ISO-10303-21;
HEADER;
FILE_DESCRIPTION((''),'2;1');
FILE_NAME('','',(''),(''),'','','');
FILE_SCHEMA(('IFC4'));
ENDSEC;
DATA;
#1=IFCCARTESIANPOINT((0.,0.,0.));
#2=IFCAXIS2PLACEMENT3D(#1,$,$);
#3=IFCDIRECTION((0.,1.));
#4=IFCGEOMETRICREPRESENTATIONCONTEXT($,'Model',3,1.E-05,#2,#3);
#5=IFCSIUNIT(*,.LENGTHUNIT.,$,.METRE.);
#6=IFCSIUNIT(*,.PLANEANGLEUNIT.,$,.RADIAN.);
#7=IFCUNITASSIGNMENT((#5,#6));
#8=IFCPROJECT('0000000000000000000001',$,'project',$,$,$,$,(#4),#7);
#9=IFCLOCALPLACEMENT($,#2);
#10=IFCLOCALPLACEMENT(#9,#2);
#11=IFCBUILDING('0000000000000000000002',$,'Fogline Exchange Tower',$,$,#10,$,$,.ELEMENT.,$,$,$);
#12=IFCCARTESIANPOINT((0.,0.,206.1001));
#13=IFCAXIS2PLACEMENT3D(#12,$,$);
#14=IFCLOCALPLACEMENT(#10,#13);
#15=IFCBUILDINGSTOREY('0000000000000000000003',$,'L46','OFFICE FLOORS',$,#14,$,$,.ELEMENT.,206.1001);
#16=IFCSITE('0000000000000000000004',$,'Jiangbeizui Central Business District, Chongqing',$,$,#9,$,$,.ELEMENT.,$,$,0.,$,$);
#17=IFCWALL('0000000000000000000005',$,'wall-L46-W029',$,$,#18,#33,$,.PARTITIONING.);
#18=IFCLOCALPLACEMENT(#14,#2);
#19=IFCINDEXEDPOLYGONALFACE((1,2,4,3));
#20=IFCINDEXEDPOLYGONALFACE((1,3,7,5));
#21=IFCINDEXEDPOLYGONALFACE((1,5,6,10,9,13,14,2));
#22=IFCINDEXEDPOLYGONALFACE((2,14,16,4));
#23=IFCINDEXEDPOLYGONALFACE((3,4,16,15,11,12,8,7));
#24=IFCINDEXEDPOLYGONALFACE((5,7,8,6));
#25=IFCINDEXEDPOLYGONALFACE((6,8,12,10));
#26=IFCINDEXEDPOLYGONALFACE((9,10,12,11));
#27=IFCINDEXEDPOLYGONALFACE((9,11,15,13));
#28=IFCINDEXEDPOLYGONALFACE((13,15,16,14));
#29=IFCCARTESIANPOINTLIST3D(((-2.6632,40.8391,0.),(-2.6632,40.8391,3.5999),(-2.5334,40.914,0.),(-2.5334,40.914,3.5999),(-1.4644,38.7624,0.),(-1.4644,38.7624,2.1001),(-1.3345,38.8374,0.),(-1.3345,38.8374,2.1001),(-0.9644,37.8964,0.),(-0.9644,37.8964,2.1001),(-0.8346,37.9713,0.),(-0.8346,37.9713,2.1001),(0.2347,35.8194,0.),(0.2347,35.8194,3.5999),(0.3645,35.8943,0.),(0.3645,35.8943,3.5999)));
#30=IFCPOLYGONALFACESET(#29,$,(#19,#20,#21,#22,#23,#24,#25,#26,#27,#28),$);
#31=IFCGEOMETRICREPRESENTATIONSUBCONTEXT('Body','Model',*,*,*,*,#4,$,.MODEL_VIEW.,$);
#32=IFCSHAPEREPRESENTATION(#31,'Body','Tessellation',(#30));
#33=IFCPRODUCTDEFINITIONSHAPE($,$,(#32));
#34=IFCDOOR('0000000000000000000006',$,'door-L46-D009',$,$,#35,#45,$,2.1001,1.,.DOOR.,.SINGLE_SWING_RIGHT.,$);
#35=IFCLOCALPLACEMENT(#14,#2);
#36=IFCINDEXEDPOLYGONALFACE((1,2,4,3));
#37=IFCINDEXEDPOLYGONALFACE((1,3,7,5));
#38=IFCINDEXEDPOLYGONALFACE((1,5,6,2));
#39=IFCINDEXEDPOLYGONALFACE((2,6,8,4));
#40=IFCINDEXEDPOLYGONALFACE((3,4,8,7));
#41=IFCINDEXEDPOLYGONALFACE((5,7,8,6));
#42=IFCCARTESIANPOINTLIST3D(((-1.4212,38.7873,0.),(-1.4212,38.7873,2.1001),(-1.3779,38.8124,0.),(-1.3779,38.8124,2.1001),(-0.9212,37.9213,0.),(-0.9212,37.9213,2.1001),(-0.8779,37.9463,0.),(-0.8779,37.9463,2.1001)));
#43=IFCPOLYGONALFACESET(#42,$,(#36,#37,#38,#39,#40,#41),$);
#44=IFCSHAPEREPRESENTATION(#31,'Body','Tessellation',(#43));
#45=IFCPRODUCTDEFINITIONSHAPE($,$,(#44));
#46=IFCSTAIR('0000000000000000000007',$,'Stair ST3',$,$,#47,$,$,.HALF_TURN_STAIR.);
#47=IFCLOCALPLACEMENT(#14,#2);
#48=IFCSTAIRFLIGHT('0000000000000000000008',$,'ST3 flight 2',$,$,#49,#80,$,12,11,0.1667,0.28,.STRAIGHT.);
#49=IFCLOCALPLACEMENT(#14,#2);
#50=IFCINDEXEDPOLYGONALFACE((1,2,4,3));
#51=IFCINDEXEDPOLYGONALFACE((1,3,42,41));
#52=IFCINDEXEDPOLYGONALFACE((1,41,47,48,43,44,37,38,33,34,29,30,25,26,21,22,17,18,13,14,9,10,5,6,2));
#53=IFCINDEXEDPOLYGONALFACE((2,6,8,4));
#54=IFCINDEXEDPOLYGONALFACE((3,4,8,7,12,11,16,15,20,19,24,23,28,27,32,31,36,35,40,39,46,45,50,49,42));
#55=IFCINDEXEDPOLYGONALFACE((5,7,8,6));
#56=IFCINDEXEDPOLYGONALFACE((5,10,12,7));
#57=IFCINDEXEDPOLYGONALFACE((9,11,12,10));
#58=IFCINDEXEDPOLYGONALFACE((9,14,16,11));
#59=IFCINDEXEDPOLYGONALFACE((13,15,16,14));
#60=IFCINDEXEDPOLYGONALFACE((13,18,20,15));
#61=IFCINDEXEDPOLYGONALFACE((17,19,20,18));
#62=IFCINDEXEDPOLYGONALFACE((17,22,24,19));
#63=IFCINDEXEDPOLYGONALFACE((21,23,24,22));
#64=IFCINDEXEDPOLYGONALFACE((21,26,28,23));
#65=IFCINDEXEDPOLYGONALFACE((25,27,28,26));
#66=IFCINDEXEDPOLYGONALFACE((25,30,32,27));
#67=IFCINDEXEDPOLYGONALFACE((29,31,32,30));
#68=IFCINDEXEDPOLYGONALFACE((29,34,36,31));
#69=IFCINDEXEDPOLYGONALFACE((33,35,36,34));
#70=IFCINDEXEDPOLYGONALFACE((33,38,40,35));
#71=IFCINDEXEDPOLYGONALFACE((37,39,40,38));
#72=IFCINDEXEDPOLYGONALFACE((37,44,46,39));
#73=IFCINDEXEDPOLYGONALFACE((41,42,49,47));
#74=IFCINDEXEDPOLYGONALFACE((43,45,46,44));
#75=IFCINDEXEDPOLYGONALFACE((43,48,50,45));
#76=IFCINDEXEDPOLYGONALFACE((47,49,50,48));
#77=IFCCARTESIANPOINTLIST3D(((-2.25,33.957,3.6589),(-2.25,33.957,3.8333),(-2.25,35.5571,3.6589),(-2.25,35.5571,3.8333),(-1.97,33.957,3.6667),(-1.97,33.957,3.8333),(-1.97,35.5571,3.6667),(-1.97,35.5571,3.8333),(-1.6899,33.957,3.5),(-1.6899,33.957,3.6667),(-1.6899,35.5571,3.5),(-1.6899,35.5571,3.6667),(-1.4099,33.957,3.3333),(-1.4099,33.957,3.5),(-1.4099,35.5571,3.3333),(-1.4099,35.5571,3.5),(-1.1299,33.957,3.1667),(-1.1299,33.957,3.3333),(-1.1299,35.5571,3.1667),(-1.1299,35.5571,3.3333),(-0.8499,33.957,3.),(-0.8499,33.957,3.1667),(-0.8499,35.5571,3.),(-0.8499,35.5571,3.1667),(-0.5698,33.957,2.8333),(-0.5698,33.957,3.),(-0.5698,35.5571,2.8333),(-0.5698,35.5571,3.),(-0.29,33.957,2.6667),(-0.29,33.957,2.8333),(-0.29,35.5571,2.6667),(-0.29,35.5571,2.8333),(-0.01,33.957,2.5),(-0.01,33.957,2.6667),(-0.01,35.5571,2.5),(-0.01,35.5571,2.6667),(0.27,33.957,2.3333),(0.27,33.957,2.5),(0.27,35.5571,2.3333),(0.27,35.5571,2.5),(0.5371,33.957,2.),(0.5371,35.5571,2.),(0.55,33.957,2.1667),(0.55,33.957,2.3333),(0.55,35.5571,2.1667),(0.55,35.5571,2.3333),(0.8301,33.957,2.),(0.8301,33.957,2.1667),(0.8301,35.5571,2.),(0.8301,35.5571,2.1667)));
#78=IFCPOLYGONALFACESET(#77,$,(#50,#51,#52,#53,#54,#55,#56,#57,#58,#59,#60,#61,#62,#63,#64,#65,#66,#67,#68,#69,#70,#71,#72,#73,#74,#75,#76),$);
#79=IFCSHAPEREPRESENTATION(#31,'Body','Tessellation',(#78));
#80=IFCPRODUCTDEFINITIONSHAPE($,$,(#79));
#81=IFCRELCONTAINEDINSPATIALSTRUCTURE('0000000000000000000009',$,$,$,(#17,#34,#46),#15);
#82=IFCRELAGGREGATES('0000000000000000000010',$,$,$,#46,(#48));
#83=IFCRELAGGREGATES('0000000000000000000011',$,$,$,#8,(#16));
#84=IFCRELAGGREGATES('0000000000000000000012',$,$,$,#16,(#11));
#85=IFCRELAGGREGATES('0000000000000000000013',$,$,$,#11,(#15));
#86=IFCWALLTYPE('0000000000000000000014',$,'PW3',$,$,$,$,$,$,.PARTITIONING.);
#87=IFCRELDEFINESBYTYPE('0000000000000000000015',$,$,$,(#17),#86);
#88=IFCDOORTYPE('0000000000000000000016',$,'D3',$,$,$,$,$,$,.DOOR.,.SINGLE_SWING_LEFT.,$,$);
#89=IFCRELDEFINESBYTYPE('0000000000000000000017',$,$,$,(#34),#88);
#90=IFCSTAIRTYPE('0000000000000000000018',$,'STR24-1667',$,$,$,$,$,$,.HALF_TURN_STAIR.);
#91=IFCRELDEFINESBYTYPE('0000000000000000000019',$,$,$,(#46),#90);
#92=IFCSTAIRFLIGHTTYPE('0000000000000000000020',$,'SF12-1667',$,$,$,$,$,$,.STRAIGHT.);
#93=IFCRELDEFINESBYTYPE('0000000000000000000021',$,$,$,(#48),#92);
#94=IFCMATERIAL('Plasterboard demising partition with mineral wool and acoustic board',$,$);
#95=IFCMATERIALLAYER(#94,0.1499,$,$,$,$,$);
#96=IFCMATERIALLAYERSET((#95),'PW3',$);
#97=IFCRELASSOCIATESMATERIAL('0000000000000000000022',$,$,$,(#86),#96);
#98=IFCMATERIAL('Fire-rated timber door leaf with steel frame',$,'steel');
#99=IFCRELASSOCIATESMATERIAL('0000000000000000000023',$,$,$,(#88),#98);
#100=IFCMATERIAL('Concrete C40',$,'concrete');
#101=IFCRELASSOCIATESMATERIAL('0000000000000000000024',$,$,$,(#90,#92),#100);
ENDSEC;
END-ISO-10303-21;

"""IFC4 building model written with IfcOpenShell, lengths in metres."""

from ifc_helpers import new_model, si_unit, direction, frame, frame_2d, origin, place, context, subcontext, project, spatial, polyline, rectangle, outline, extrude, material, layer, layer_set, type_object, element, fill, aggregate, save


model = new_model("IFC4")

# Units and contexts
model_context = context("Model", 3, precision=1e-05, world=origin(), true_north=direction((0.0, 1.0)))
body_context = subcontext(model_context, "Body", "Model", "MODEL_VIEW")
ifc_project = project(units=[si_unit("LENGTHUNIT", "METRE"), si_unit("PLANEANGLEUNIT", "RADIAN")], contexts=[model_context])

# Site, building, storey
site_placement = place(None, origin())
site = spatial("IfcSite", under=ifc_project, at=site_placement, Name="Jiangbeizui Central Business District, Chongqing", CompositionType="ELEMENT", RefElevation=0.0)
building_placement = place(site_placement, origin())
building = spatial("IfcBuilding", under=site, at=building_placement, Name="Fogline Exchange Tower", CompositionType="ELEMENT")
storey_placement = place(building_placement, frame((0.0, 0.0, 206.1001)))
storey = spatial("IfcBuildingStorey", under=building, at=storey_placement, Name="L46", Description="OFFICE FLOORS", CompositionType="ELEMENT", Elevation=206.1001)

# Shared definitions
ifc_material_1 = material(Name="Concrete C40", Category="concrete")

# Shared definitions
ifc_material_2 = material(Name="Plasterboard demising partition with mineral wool and acoustic board")
ifc_layer_1 = layer(ifc_material_2, 0.1499)
ifc_layer_set_1 = layer_set([ifc_layer_1], Name="PW3")
wall_type_1 = type_object("IfcWallType", Name="PW3", PredefinedType="PARTITIONING", material=ifc_layer_set_1)

# Shared definitions
ifc_material_3 = material(Name="Fire-rated timber door leaf with steel frame", Category="steel")
door_type_1 = type_object("IfcDoorType", Name="D3", OperationType="SINGLE_SWING_LEFT", PredefinedType="DOOR", material=ifc_material_3)

# Wall, opening, door
wall_1_placement = place(storey_placement, frame((0.2996, 35.8569, 0.0), z_axis=(0.0, 0.0, 1.0), x_axis=(-0.499972, 0.866042, 0.0)))
wall_1 = element("IfcWall", 1, at=wall_1_placement, inside=storey, type_object=wall_type_1, Name="wall-L46-W029", PredefinedType="PARTITIONING", context=body_context, shape_type="SweptSolid", body=[
    extrude(rectangle(XDim=5.7961, YDim=0.1499, at=frame_2d((2.8979, 0.0))), origin(), (0.0, 0.0, 1.0), 3.5999),
])
opening_1_placement = place(wall_1_placement, frame((2.3982, 0.0, 0.0)))
opening_1 = element("IfcOpeningElement", 2, at=opening_1_placement, cuts=wall_1, PredefinedType="OPENING", context=body_context, shape_type="SweptSolid", body=[
    extrude(rectangle(XDim=1.0, YDim=2.1001, at=frame_2d((0.5, 1.05))), frame((0.0, 0.085, 0.0), z_axis=(0.0, -1.0, 0.0), x_axis=(1.0, 0.0, 0.0)), (0.0, 0.0, 1.0), 0.1699),
])
door_1_placement = place(opening_1_placement, frame((1.0, 0.0, 0.0), z_axis=(0.0, 0.0, 1.0), x_axis=(-1.0, 0.0, 0.0)))
door_1 = element("IfcDoor", 3, at=door_1_placement, inside=storey, type_object=door_type_1, Name="door-L46-D009", OperationType="SINGLE_SWING_RIGHT", OverallHeight=2.1001, OverallWidth=1.0, PredefinedType="DOOR", context=body_context, shape_type="SweptSolid", body=[
    extrude(rectangle(XDim=1.0, YDim=2.1001, at=frame_2d((0.5, 1.05))), frame((0.0, 0.0249, 0.0), z_axis=(0.0, -1.0, 0.0), x_axis=(1.0, 0.0, 0.0)), (0.0, 0.0, 1.0), 0.05),
])
fill(opening_1, door_1)

# Stair, stair flight
stair_type = type_object("IfcStairType", Name="STR24-1667", PredefinedType="HALF_TURN_STAIR", material=ifc_material_1)
stair_placement = place(storey_placement, origin())
stair = element("IfcStair", 4, at=stair_placement, inside=storey, type_object=stair_type, Name="Stair ST3", PredefinedType="HALF_TURN_STAIR")
stair_flight_type = type_object("IfcStairFlightType", Name="SF12-1667", PredefinedType="STRAIGHT", material=ifc_material_1)
stair_flight_placement = place(storey_placement, frame((0.8301, 34.7571, 2.0), z_axis=(0.0, 0.0, 1.0), x_axis=(-1.0, 0.0, 0.0)))
stair_flight = element("IfcStairFlight", 5, at=stair_flight_placement, type_object=stair_flight_type, Name="ST3 flight 2", NumberOfRisers=12, NumberOfTreads=11, PredefinedType="STRAIGHT", RiserHeight=0.1667, TreadLength=0.28, context=body_context, shape_type="SweptSolid", body=[
    extrude(outline(polyline([(0.0, 0.0), (0.0, 0.1667), (0.28, 0.1667), (0.28, 0.3333), (0.5601, 0.3333), (0.5601, 0.5), (0.8401, 0.5), (0.8401, 0.6667), (1.1201, 0.6667), (1.1201, 0.8333), (1.3999, 0.8333), (1.3999, 1.0), (1.6799, 1.0), (1.6799, 1.1667), (1.96, 1.1667), (1.96, 1.3333), (2.24, 1.3333), (2.24, 1.5), (2.52, 1.5), (2.52, 1.6667), (2.8, 1.6667), (2.8, 1.8333), (3.0801, 1.8333), (3.0801, 2.0), (3.0801, 1.6589), (0.293, 0.0), (0.0, 0.0)])), frame((0.0, 0.8, 0.0), z_axis=(0.0, -1.0, 0.0), x_axis=(1.0, 0.0, 0.0)), (0.0, 0.0, 1.0), 1.6001),
])
aggregate(stair, [stair_flight])

save(model, "model.ifc")
